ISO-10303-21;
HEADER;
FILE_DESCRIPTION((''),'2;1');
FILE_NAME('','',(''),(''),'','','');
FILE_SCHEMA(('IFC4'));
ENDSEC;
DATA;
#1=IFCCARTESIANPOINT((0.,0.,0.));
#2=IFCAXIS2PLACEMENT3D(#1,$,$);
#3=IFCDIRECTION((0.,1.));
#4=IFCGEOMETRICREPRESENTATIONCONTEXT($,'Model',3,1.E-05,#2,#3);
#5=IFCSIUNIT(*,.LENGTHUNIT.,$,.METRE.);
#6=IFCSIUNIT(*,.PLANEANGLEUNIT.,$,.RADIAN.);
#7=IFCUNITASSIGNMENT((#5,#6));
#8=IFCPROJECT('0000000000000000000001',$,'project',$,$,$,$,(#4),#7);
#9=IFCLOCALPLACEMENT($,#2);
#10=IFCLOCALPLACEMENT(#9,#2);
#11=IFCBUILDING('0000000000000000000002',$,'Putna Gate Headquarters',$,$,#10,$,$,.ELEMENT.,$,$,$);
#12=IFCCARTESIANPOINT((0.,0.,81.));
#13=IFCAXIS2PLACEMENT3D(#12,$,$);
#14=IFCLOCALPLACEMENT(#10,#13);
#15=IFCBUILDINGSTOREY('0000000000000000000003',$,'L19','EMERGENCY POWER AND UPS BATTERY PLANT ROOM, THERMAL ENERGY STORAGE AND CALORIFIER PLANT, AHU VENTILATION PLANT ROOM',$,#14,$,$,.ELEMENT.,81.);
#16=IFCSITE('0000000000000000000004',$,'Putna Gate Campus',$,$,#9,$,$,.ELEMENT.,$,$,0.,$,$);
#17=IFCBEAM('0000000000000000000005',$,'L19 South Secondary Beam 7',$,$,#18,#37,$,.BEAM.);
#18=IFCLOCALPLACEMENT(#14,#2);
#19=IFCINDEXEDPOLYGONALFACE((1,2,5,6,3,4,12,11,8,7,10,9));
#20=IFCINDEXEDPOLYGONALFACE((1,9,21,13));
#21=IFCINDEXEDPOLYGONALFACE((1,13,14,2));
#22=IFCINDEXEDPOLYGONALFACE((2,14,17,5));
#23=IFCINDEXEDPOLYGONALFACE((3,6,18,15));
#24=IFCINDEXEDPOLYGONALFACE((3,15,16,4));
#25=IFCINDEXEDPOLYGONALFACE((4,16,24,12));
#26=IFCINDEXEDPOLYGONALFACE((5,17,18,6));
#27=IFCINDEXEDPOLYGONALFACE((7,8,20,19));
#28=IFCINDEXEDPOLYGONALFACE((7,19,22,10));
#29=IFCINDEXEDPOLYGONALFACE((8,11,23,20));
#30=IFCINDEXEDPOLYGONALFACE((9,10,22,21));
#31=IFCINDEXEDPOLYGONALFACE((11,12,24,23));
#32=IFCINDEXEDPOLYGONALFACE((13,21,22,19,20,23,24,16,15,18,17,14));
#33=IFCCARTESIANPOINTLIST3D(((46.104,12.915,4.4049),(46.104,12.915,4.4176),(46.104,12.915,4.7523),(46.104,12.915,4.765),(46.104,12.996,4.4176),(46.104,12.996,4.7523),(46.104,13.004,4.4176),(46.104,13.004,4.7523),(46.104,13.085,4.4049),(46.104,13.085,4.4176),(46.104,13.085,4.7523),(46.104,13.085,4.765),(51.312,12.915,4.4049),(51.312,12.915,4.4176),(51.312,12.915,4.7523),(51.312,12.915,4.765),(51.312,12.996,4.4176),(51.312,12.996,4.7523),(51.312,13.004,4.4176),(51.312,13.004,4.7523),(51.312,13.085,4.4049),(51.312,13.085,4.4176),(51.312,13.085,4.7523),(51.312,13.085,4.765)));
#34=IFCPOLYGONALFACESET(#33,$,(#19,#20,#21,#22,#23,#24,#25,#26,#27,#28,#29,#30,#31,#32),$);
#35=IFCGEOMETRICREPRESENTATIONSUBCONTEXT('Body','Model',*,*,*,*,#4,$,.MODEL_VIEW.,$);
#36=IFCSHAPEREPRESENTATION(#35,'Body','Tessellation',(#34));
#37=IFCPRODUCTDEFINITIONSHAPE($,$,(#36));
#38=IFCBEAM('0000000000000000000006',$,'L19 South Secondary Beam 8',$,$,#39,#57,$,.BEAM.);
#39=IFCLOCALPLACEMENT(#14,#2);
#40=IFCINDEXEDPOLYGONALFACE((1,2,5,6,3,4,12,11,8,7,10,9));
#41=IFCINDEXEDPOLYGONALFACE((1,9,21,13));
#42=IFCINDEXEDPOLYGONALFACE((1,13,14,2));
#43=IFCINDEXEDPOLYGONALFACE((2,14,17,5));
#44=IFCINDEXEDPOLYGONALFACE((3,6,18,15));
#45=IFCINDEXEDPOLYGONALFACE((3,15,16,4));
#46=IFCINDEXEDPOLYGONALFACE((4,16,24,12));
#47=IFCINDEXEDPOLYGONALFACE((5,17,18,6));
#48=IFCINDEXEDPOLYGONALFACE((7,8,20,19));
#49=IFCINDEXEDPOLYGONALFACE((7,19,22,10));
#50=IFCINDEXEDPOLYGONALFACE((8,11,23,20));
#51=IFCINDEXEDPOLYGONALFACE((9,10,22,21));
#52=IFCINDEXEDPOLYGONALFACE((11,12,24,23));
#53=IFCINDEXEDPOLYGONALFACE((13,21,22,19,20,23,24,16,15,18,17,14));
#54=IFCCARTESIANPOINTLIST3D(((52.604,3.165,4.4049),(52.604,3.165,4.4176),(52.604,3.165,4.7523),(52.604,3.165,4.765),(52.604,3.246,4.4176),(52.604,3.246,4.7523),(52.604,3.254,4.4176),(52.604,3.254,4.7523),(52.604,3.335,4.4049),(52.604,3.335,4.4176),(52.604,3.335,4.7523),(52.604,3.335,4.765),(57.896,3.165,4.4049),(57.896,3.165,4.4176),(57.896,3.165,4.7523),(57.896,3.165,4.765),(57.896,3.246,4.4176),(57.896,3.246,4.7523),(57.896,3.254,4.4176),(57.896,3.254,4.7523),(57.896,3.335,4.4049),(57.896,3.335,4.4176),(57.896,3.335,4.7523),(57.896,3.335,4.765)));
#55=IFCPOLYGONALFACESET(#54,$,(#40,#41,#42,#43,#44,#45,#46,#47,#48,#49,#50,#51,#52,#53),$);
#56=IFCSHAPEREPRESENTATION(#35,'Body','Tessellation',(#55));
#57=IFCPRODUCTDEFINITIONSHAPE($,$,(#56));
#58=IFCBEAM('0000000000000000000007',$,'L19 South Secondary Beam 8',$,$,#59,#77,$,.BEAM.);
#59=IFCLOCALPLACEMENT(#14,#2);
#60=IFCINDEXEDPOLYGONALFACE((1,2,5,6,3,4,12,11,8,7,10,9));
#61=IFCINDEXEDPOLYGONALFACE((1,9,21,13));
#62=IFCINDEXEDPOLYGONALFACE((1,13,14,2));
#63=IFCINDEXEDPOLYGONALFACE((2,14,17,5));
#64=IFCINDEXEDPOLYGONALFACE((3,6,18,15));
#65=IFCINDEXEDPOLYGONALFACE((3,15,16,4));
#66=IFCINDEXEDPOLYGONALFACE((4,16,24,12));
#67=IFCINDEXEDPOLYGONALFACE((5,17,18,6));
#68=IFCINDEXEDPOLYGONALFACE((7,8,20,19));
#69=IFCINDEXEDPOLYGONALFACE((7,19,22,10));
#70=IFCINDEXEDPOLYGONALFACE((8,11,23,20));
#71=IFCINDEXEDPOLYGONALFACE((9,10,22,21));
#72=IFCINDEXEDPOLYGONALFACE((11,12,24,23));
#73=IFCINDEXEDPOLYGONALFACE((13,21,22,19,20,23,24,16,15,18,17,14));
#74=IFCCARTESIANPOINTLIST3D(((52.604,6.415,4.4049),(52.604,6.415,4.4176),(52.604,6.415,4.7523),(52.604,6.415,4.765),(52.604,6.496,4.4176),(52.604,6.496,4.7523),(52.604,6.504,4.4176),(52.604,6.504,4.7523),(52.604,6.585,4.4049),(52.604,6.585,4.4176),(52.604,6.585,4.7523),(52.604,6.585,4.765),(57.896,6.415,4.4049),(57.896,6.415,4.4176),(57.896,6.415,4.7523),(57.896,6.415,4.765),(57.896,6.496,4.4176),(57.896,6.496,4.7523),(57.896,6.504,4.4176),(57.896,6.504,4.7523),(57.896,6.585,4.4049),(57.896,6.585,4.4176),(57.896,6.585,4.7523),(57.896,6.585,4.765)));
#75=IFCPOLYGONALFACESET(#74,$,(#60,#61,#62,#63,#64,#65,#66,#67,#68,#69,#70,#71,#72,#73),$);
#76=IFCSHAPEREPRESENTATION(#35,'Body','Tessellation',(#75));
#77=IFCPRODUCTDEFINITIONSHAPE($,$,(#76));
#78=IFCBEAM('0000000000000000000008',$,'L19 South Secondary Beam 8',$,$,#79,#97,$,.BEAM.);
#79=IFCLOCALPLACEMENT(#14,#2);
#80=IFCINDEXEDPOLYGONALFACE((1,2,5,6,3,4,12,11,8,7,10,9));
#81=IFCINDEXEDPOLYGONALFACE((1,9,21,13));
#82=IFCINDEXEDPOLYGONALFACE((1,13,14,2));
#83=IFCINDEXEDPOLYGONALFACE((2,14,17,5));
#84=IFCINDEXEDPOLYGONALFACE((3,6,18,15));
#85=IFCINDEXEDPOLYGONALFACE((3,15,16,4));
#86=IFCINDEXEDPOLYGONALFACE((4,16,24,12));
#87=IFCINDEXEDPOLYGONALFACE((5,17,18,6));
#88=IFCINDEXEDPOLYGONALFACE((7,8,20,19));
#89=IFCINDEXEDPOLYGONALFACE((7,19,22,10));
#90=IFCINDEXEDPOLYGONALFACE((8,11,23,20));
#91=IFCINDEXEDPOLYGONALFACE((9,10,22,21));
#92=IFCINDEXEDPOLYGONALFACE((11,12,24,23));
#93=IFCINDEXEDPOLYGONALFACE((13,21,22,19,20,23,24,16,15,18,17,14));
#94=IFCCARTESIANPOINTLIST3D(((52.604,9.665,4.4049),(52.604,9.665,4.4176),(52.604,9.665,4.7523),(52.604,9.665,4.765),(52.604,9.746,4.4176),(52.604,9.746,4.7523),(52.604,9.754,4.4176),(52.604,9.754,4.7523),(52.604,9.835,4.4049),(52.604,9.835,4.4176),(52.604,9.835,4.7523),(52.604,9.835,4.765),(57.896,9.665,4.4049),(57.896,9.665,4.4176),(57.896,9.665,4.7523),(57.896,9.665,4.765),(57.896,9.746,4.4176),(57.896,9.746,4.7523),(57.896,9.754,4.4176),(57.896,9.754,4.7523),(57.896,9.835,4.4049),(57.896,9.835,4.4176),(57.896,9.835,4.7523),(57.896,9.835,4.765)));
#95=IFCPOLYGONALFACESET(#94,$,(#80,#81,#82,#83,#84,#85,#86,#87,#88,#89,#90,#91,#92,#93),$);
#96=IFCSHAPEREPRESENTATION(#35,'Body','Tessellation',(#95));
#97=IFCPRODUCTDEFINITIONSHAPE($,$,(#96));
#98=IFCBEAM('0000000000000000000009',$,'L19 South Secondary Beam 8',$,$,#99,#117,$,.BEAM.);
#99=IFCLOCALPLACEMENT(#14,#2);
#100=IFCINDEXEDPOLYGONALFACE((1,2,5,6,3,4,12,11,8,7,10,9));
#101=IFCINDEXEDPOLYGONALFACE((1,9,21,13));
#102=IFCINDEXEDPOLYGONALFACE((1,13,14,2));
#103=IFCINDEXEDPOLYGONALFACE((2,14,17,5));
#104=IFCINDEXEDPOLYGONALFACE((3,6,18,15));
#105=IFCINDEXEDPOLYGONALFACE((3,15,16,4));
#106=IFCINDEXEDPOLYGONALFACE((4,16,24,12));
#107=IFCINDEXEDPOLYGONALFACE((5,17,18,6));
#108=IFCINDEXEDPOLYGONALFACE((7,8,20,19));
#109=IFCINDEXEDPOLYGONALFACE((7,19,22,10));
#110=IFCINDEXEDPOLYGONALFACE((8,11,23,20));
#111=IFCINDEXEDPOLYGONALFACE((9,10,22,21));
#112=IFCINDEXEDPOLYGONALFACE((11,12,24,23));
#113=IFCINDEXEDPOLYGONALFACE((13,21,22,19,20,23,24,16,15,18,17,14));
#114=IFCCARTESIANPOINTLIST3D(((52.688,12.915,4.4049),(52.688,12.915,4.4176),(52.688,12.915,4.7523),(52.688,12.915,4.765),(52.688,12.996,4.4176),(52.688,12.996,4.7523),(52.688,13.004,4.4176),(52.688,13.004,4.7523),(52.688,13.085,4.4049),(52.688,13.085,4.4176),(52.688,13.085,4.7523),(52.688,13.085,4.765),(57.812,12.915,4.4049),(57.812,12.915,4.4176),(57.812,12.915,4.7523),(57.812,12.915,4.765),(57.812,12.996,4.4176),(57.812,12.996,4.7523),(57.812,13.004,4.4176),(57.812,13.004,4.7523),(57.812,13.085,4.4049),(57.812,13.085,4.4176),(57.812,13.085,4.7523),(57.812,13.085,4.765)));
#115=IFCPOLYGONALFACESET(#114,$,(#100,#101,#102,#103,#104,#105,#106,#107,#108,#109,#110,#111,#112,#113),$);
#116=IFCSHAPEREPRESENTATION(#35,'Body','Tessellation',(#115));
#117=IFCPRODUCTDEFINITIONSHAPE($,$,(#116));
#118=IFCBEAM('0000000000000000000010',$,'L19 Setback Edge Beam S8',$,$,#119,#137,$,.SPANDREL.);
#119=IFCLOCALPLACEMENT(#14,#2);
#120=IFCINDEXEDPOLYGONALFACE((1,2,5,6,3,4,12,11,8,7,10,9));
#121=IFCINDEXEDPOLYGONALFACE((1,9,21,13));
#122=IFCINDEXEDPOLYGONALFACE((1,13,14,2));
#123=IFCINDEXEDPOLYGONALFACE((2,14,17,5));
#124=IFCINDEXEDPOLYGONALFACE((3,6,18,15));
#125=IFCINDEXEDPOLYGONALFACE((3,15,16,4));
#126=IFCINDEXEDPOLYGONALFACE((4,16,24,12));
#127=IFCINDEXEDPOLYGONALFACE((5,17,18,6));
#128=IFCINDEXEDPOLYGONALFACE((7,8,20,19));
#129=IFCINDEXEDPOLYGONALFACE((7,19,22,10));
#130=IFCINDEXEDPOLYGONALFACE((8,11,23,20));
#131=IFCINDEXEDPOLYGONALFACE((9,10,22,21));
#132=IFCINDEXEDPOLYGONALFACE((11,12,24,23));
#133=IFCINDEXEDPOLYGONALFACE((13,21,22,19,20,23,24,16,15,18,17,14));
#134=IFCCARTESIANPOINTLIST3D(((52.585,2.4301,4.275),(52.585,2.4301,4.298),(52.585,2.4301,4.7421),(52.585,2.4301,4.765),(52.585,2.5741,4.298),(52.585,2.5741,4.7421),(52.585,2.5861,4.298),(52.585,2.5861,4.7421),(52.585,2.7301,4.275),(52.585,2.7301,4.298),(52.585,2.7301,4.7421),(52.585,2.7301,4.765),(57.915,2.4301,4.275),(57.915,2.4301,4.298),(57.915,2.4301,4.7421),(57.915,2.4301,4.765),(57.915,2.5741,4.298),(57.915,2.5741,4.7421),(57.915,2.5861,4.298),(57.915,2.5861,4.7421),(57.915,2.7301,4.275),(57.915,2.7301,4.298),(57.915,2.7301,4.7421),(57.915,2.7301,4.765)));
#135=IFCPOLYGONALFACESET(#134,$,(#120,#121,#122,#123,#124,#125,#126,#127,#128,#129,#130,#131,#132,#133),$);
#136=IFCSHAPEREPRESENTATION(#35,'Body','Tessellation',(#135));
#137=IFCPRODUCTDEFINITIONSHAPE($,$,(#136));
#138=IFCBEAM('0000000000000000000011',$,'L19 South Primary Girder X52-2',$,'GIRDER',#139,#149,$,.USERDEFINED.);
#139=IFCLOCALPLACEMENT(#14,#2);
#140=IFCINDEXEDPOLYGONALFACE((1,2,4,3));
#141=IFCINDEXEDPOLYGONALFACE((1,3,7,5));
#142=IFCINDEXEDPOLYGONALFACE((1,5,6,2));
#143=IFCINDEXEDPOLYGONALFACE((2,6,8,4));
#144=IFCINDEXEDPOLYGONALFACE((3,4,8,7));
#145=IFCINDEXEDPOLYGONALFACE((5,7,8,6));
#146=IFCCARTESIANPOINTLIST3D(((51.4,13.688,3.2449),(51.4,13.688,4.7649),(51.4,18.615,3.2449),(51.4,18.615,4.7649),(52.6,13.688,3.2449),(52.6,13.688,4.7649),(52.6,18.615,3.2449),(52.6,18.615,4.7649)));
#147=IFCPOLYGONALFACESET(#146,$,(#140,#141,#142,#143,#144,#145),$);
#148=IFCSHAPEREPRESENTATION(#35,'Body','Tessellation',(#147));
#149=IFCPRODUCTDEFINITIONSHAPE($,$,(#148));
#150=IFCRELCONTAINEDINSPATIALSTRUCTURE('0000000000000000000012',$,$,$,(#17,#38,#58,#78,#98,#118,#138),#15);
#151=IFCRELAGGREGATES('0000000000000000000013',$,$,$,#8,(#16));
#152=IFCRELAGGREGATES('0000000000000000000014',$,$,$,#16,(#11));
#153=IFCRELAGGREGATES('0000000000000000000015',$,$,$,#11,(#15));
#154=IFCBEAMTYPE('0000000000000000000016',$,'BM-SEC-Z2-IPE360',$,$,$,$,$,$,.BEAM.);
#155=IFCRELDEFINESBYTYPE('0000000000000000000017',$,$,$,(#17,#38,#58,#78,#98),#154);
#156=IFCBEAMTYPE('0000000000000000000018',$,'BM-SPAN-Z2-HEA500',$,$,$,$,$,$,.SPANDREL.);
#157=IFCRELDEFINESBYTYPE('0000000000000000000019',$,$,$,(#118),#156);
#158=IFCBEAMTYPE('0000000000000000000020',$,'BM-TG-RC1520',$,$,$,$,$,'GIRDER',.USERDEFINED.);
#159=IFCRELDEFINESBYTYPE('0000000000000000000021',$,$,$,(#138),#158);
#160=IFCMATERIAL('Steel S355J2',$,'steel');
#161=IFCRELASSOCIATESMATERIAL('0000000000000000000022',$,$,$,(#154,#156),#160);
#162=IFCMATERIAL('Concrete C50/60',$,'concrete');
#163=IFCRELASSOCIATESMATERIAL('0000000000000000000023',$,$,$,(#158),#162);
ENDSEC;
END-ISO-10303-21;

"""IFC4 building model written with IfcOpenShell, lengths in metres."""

from ifc_helpers import new_model, si_unit, direction, frame, origin, origin_2d, place, context, subcontext, project, spatial, rectangle, i_section, extrude, material, material_profile, profile_set, type_object, element, save


model = new_model("IFC4")

# Units and contexts
model_context = context("Model", 3, precision=1e-05, world=origin(), true_north=direction((0.0, 1.0)))
body_context = subcontext(model_context, "Body", "Model", "MODEL_VIEW")
ifc_project = project(units=[si_unit("LENGTHUNIT", "METRE"), si_unit("PLANEANGLEUNIT", "RADIAN")], contexts=[model_context])

# Site, building, storey
site_placement = place(None, origin())
site = spatial("IfcSite", under=ifc_project, at=site_placement, Name="Putna Gate Campus", CompositionType="ELEMENT", RefElevation=0.0)
building_placement = place(site_placement, origin())
building = spatial("IfcBuilding", under=site, at=building_placement, Name="Putna Gate Headquarters", CompositionType="ELEMENT")
storey_placement = place(building_placement, frame((0.0, 0.0, 81.0)))
storey = spatial("IfcBuildingStorey", under=building, at=storey_placement, Name="L19", Description="EMERGENCY POWER AND UPS BATTERY PLANT ROOM, THERMAL ENERGY STORAGE AND CALORIFIER PLANT, AHU VENTILATION PLANT ROOM", CompositionType="ELEMENT", Elevation=81.0)

# Beams
ifc_material_1 = material(Name="Steel S355J2", Category="steel")
ifc_material_profile_1 = material_profile(ifc_material_1, i_section(OverallWidth=0.1699, OverallDepth=0.3601, WebThickness=0.0081, FlangeThickness=0.0127, at=origin_2d()), Name="Steel S355J2")
ifc_profile_set_1 = profile_set([ifc_material_profile_1], Name="Steel S355J2")
beam_type_1 = type_object("IfcBeamType", Name="BM-SEC-Z2-IPE360", PredefinedType="BEAM", material=ifc_profile_set_1)
beam_1_placement = place(storey_placement, frame((46.104, 13.0, 4.585), z_axis=(1.0, 0.0, 0.0), x_axis=(0.0, 1.0, 0.0)))
element("IfcBeam", 1, at=beam_1_placement, inside=storey, type_object=beam_type_1, Name="L19 South Secondary Beam 7", PredefinedType="BEAM", context=body_context, shape_type="SweptSolid", body=[
    extrude(i_section(OverallWidth=0.1699, OverallDepth=0.3601, WebThickness=0.0081, FlangeThickness=0.0127, at=origin_2d()), origin(), (0.0, 0.0, 1.0), 5.208),
])
for number, where, z_axis, x_axis, name in (
    (2, (52.604, 3.25, 4.585), (1.0, 0.0, 0.0), (0.0, 1.0, 0.0), "L19 South Secondary Beam 8"),
    (3, (52.604, 6.5, 4.585), (1.0, 0.0, 0.0), (0.0, 1.0, 0.0), "L19 South Secondary Beam 8"),
    (4, (52.604, 9.75, 4.585), (1.0, 0.0, 0.0), (0.0, 1.0, 0.0), "L19 South Secondary Beam 8"),
):
    element("IfcBeam", number, at=place(storey_placement, frame(where, z_axis=z_axis, x_axis=x_axis)), inside=storey, type_object=beam_type_1, Name=name, PredefinedType="BEAM", context=body_context, shape_type="SweptSolid", body=[
        extrude(i_section(OverallWidth=0.1699, OverallDepth=0.3601, WebThickness=0.0081, FlangeThickness=0.0127, at=origin_2d()), origin(), (0.0, 0.0, 1.0), 5.292),
    ])
beam_2_placement = place(storey_placement, frame((52.688, 13.0, 4.585), z_axis=(1.0, 0.0, 0.0), x_axis=(0.0, 1.0, 0.0)))
element("IfcBeam", 5, at=beam_2_placement, inside=storey, type_object=beam_type_1, Name="L19 South Secondary Beam 8", PredefinedType="BEAM", context=body_context, shape_type="SweptSolid", body=[
    extrude(i_section(OverallWidth=0.1699, OverallDepth=0.3601, WebThickness=0.0081, FlangeThickness=0.0127, at=origin_2d()), origin(), (0.0, 0.0, 1.0), 5.124),
])
ifc_material_profile_2 = material_profile(ifc_material_1, i_section(OverallWidth=0.3, OverallDepth=0.49, WebThickness=0.012, FlangeThickness=0.0229, at=origin_2d()), Name="Steel S355J2")
ifc_profile_set_2 = profile_set([ifc_material_profile_2], Name="Steel S355J2")
beam_type_2 = type_object("IfcBeamType", Name="BM-SPAN-Z2-HEA500", PredefinedType="SPANDREL", material=ifc_profile_set_2)
beam_3_placement = place(storey_placement, frame((52.585, 2.5801, 4.52), z_axis=(1.0, 0.0, 0.0), x_axis=(0.0, 1.0, 0.0)))
element("IfcBeam", 6, at=beam_3_placement, inside=storey, type_object=beam_type_2, Name="L19 Setback Edge Beam S8", PredefinedType="SPANDREL", context=body_context, shape_type="SweptSolid", body=[
    extrude(i_section(OverallWidth=0.3, OverallDepth=0.49, WebThickness=0.012, FlangeThickness=0.0229, at=origin_2d()), origin(), (0.0, 0.0, 1.0), 5.3301),
])
ifc_material_2 = material(Name="Concrete C50/60", Category="concrete")
ifc_material_profile_3 = material_profile(ifc_material_2, rectangle(XDim=1.2, YDim=1.52, at=origin_2d()), Name="Concrete C50/60")
ifc_profile_set_3 = profile_set([ifc_material_profile_3], Name="Concrete C50/60")
beam_type_3 = type_object("IfcBeamType", Name="BM-TG-RC1520", ElementType="GIRDER", PredefinedType="USERDEFINED", material=ifc_profile_set_3)
beam_4_placement = place(storey_placement, frame((52.0, 13.688, 4.0049), z_axis=(0.0, 1.0, 0.0), x_axis=(-1.0, 0.0, 0.0)))
element("IfcBeam", 7, at=beam_4_placement, inside=storey, type_object=beam_type_3, Name="L19 South Primary Girder X52-2", ObjectType="GIRDER", PredefinedType="USERDEFINED", context=body_context, shape_type="SweptSolid", body=[
    extrude(rectangle(XDim=1.2, YDim=1.52, at=origin_2d()), origin(), (0.0, 0.0, 1.0), 4.927),
])

save(model, "model.ifc")
